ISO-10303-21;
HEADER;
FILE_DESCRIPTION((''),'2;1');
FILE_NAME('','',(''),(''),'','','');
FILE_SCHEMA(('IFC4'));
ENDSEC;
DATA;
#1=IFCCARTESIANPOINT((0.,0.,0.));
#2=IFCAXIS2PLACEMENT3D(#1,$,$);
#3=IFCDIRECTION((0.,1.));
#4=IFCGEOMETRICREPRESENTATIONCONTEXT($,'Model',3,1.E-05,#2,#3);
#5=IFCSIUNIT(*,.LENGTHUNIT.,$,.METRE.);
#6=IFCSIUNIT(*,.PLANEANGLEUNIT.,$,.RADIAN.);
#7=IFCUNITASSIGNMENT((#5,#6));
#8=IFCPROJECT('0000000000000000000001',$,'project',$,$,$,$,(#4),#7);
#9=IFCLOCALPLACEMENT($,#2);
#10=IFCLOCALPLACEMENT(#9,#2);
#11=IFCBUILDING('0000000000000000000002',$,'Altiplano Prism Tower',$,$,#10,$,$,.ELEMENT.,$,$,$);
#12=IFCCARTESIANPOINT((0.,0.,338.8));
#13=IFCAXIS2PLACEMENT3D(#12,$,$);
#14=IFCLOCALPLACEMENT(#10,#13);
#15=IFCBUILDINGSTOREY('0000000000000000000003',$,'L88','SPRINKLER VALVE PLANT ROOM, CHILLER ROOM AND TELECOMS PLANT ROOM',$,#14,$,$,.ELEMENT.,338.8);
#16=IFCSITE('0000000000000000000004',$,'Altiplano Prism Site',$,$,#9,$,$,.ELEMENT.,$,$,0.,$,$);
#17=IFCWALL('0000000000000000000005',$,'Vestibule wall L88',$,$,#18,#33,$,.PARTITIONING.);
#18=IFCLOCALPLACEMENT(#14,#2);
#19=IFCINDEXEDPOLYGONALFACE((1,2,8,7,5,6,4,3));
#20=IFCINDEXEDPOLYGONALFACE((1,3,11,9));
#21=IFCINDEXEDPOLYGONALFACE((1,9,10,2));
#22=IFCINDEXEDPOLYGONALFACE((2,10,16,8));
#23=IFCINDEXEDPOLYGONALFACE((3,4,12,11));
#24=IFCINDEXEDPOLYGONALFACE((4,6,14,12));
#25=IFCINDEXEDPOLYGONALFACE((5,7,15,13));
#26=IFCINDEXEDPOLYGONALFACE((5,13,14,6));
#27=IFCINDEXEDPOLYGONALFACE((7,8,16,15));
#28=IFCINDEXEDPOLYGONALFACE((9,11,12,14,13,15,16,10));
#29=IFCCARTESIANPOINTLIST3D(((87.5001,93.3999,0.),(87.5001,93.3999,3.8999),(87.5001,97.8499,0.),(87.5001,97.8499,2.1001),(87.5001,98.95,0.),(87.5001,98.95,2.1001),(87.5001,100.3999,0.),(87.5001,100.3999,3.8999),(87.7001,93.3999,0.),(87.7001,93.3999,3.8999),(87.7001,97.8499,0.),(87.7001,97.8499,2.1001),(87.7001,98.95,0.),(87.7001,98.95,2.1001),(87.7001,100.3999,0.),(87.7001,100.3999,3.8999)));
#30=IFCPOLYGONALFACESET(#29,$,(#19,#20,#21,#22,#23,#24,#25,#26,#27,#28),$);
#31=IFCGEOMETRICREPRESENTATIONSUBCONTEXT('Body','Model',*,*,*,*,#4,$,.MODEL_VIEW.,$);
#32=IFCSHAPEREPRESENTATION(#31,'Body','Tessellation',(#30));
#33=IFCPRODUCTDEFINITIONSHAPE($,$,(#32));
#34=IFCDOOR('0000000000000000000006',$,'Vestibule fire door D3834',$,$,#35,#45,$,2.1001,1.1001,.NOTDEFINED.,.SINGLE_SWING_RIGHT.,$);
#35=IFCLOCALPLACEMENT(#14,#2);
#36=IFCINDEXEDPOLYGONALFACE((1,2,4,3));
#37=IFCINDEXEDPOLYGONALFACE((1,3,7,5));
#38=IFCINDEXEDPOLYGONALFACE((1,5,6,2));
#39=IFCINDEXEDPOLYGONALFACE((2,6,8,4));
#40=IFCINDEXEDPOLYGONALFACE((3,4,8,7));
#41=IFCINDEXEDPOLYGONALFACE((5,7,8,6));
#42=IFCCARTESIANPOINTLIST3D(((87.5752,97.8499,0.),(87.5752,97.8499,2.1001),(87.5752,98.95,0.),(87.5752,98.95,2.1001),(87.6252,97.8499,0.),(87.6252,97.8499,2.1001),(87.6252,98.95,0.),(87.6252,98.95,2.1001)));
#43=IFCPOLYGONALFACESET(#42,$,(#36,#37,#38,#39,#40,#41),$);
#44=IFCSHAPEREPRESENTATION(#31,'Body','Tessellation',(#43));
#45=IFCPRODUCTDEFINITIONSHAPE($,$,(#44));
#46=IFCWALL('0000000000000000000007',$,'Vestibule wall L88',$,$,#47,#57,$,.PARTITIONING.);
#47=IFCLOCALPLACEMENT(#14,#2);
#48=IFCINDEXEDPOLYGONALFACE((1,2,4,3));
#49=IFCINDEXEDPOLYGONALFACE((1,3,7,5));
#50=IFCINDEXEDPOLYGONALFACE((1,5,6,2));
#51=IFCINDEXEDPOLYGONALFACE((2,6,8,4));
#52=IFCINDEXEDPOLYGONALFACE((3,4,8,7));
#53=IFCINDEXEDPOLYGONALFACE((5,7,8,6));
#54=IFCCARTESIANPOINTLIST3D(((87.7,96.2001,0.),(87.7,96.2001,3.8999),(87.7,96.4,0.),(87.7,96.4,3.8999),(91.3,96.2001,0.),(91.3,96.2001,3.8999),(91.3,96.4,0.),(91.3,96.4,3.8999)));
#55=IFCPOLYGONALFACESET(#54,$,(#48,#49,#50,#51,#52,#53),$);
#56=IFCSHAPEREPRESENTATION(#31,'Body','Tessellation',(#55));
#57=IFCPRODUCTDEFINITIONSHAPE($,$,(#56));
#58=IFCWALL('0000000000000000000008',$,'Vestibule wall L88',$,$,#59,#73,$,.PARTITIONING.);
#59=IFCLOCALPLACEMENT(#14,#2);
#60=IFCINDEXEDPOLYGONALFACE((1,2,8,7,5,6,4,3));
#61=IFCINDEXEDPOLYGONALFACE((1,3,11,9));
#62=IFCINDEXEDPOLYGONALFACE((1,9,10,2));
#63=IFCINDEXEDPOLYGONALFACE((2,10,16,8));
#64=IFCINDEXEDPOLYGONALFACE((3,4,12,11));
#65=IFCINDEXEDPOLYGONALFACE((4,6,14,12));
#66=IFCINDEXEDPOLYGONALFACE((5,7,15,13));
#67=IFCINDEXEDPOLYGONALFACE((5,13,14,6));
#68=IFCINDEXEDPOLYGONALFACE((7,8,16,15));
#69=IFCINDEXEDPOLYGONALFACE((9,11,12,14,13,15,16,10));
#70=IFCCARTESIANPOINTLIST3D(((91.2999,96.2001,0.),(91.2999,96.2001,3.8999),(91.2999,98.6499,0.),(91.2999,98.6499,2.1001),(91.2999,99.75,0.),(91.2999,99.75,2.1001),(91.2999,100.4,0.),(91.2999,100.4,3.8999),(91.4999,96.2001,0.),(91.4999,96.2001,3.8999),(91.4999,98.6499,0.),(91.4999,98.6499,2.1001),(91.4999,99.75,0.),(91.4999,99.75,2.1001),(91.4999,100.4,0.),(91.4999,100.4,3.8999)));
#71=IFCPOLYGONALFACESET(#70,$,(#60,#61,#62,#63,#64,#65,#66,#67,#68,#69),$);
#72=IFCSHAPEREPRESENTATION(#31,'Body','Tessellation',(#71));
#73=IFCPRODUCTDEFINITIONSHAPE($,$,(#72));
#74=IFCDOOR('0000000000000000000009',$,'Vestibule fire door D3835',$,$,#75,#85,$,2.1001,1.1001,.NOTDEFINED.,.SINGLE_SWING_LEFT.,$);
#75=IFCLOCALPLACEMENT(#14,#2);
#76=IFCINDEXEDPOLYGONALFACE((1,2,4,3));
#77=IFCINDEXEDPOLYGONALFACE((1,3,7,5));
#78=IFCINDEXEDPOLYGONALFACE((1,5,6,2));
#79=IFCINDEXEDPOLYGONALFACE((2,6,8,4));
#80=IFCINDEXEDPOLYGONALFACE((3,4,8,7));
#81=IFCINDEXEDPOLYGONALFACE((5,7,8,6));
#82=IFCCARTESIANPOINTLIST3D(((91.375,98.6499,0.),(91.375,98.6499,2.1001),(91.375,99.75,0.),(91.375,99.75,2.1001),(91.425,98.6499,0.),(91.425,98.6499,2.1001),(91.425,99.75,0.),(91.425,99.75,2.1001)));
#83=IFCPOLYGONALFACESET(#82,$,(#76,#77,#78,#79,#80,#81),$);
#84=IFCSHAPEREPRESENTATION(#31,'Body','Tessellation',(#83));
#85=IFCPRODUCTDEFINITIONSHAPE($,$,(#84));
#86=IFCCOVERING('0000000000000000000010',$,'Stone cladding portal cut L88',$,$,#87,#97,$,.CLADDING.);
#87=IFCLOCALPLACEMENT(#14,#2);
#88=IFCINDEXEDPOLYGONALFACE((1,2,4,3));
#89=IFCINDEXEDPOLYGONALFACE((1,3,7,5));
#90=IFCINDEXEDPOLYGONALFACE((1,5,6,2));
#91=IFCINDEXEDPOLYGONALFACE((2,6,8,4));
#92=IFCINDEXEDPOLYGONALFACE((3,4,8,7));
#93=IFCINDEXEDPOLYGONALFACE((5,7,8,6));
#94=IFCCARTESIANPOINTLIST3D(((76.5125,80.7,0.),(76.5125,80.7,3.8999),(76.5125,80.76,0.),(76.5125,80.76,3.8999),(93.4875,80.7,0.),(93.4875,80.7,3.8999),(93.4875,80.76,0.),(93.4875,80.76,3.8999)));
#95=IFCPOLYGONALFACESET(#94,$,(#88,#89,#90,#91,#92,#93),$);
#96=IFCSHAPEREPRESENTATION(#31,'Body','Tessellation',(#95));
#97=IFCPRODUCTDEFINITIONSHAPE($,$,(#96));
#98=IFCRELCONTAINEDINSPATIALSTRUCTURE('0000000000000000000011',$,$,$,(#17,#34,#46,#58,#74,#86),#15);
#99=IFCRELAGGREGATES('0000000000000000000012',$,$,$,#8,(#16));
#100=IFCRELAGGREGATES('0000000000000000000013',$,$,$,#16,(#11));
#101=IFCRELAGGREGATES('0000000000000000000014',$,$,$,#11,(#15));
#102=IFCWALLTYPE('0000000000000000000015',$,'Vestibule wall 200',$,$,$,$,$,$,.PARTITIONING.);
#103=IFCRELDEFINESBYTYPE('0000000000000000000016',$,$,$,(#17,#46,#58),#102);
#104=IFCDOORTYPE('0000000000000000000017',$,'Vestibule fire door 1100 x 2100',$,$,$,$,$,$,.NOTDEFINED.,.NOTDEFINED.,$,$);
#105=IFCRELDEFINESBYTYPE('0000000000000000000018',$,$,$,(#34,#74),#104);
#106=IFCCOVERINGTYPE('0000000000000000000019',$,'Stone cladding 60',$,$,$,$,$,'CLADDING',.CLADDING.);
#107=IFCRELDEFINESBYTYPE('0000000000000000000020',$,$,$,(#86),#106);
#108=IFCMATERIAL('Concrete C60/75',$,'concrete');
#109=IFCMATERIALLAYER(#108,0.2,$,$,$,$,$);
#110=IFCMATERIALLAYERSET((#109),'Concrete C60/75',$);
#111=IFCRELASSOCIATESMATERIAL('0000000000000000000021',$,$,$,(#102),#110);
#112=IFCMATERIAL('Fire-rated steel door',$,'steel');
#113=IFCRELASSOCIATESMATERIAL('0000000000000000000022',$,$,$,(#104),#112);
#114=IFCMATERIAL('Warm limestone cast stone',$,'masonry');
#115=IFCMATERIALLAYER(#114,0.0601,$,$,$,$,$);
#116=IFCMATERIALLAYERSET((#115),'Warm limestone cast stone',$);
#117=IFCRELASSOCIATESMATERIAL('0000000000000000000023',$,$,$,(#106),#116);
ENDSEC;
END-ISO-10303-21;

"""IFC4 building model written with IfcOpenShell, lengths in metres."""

from ifc_helpers import new_model, si_unit, direction, frame, frame_2d, origin, place, context, subcontext, project, spatial, rectangle, extrude, material, layer, layer_set, type_object, element, fill, save


model = new_model("IFC4")

# Units and contexts
model_context = context("Model", 3, precision=1e-05, world=origin(), true_north=direction((0.0, 1.0)))
body_context = subcontext(model_context, "Body", "Model", "MODEL_VIEW")
ifc_project = project(units=[si_unit("LENGTHUNIT", "METRE"), si_unit("PLANEANGLEUNIT", "RADIAN")], contexts=[model_context])

# Site, building, storey
site_placement = place(None, origin())
site = spatial("IfcSite", under=ifc_project, at=site_placement, Name="Altiplano Prism Site", CompositionType="ELEMENT", RefElevation=0.0)
building_placement = place(site_placement, origin())
building = spatial("IfcBuilding", under=site, at=building_placement, Name="Altiplano Prism Tower", CompositionType="ELEMENT")
storey_placement = place(building_placement, frame((0.0, 0.0, 338.8)))
storey = spatial("IfcBuildingStorey", under=building, at=storey_placement, Name="L88", Description="SPRINKLER VALVE PLANT ROOM, CHILLER ROOM AND TELECOMS PLANT ROOM", CompositionType="ELEMENT", Elevation=338.8)

# Shared definitions
ifc_material_1 = material(Name="Concrete C60/75", Category="concrete")

# Shared definitions
ifc_layer_1 = layer(ifc_material_1, 0.2)
ifc_layer_set_1 = layer_set([ifc_layer_1], Name="Concrete C60/75")
wall_type_1 = type_object("IfcWallType", Name="Vestibule wall 200", PredefinedType="PARTITIONING", material=ifc_layer_set_1)

# Wall, opening, door
wall_1_placement = place(storey_placement, frame((87.6001, 93.3999, 0.0), z_axis=(0.0, 0.0, 1.0), x_axis=(0.0, 1.0, 0.0)))
wall_1 = element("IfcWall", 1, at=wall_1_placement, inside=storey, type_object=wall_type_1, Name="Vestibule wall L88", PredefinedType="PARTITIONING", context=body_context, shape_type="SweptSolid", body=[
    extrude(rectangle(XDim=7.0, YDim=0.2, at=frame_2d((3.5, 0.0))), origin(), (0.0, 0.0, 1.0), 3.8999),
])
opening_1_placement = place(wall_1_placement, frame((4.45, 0.0, 0.0)))
opening_1 = element("IfcOpeningElement", 2, at=opening_1_placement, cuts=wall_1, PredefinedType="OPENING", context=body_context, shape_type="SweptSolid", body=[
    extrude(rectangle(XDim=1.1001, YDim=2.1001, at=frame_2d((0.55, 1.05))), frame((0.0, 0.1104, 0.0), z_axis=(0.0, -1.0, 0.0), x_axis=(1.0, 0.0, 0.0)), (0.0, 0.0, 1.0), 0.2209),
])
ifc_material_2 = material(Name="Fire-rated steel door", Category="steel")
door_type_1 = type_object("IfcDoorType", Name="Vestibule fire door 1100 x 2100", OperationType="NOTDEFINED", PredefinedType="NOTDEFINED", material=ifc_material_2)
door_1_placement = place(opening_1_placement, origin())
door_1 = element("IfcDoor", 3, at=door_1_placement, inside=storey, type_object=door_type_1, Name="Vestibule fire door D3834", OperationType="SINGLE_SWING_RIGHT", OverallHeight=2.1001, OverallWidth=1.1001, PredefinedType="NOTDEFINED", context=body_context, shape_type="SweptSolid", body=[
    extrude(rectangle(XDim=1.1001, YDim=2.1001, at=frame_2d((0.55, 1.05))), frame((0.0, 0.0249, 0.0), z_axis=(0.0, -1.0, 0.0), x_axis=(1.0, 0.0, 0.0)), (0.0, 0.0, 1.0), 0.05),
])
fill(opening_1, door_1)

# Wall
wall_2_placement = place(storey_placement, frame((87.7, 96.3, 0.0), z_axis=(0.0, 0.0, 1.0), x_axis=(1.0, 0.0, 0.0)))
element("IfcWall", 4, at=wall_2_placement, inside=storey, type_object=wall_type_1, Name="Vestibule wall L88", PredefinedType="PARTITIONING", context=body_context, shape_type="SweptSolid", body=[
    extrude(rectangle(XDim=3.6001, YDim=0.2, at=frame_2d((1.8, 0.0))), origin(), (0.0, 0.0, 1.0), 3.8999),
])

# Wall, opening, door
wall_3_placement = place(storey_placement, frame((91.3999, 96.2, 0.0), z_axis=(0.0, 0.0, 1.0), x_axis=(0.0, 1.0, 0.0)))
wall_3 = element("IfcWall", 5, at=wall_3_placement, inside=storey, type_object=wall_type_1, Name="Vestibule wall L88", PredefinedType="PARTITIONING", context=body_context, shape_type="SweptSolid", body=[
    extrude(rectangle(XDim=4.2, YDim=0.2, at=frame_2d((2.1001, 0.0))), origin(), (0.0, 0.0, 1.0), 3.8999),
])
opening_2_placement = place(wall_3_placement, frame((2.45, 0.0, 0.0)))
opening_2 = element("IfcOpeningElement", 6, at=opening_2_placement, cuts=wall_3, PredefinedType="OPENING", context=body_context, shape_type="SweptSolid", body=[
    extrude(rectangle(XDim=1.1001, YDim=2.1001, at=frame_2d((0.55, 1.05))), frame((0.0, 0.1104, 0.0), z_axis=(0.0, -1.0, 0.0), x_axis=(1.0, 0.0, 0.0)), (0.0, 0.0, 1.0), 0.2209),
])
door_2_placement = place(opening_2_placement, origin())
door_2 = element("IfcDoor", 7, at=door_2_placement, inside=storey, type_object=door_type_1, Name="Vestibule fire door D3835", OperationType="SINGLE_SWING_LEFT", OverallHeight=2.1001, OverallWidth=1.1001, PredefinedType="NOTDEFINED", context=body_context, shape_type="SweptSolid", body=[
    extrude(rectangle(XDim=1.1001, YDim=2.1001, at=frame_2d((0.55, 1.05))), frame((0.0, 0.0249, 0.0), z_axis=(0.0, -1.0, 0.0), x_axis=(1.0, 0.0, 0.0)), (0.0, 0.0, 1.0), 0.05),
])
fill(opening_2, door_2)

# Covering
ifc_material_3 = material(Name="Warm limestone cast stone", Category="masonry")
ifc_layer_2 = layer(ifc_material_3, 0.0601)
ifc_layer_set_2 = layer_set([ifc_layer_2], Name="Warm limestone cast stone")
covering_type = type_object("IfcCoveringType", Name="Stone cladding 60", ElementType="CLADDING", PredefinedType="CLADDING", material=ifc_layer_set_2)
covering_placement = place(storey_placement, frame((93.4875, 80.73, 0.0), z_axis=(0.0, 0.0, 1.0), x_axis=(-1.0, 0.0, 0.0)))
element("IfcCovering", 8, at=covering_placement, inside=storey, type_object=covering_type, Name="Stone cladding portal cut L88", PredefinedType="CLADDING", context=body_context, shape_type="SweptSolid", body=[
    extrude(rectangle(XDim=16.9751, YDim=0.0601, at=frame_2d((8.4875, 0.0))), origin(), (0.0, 0.0, 1.0), 3.8999),
])

save(model, "model.ifc")
